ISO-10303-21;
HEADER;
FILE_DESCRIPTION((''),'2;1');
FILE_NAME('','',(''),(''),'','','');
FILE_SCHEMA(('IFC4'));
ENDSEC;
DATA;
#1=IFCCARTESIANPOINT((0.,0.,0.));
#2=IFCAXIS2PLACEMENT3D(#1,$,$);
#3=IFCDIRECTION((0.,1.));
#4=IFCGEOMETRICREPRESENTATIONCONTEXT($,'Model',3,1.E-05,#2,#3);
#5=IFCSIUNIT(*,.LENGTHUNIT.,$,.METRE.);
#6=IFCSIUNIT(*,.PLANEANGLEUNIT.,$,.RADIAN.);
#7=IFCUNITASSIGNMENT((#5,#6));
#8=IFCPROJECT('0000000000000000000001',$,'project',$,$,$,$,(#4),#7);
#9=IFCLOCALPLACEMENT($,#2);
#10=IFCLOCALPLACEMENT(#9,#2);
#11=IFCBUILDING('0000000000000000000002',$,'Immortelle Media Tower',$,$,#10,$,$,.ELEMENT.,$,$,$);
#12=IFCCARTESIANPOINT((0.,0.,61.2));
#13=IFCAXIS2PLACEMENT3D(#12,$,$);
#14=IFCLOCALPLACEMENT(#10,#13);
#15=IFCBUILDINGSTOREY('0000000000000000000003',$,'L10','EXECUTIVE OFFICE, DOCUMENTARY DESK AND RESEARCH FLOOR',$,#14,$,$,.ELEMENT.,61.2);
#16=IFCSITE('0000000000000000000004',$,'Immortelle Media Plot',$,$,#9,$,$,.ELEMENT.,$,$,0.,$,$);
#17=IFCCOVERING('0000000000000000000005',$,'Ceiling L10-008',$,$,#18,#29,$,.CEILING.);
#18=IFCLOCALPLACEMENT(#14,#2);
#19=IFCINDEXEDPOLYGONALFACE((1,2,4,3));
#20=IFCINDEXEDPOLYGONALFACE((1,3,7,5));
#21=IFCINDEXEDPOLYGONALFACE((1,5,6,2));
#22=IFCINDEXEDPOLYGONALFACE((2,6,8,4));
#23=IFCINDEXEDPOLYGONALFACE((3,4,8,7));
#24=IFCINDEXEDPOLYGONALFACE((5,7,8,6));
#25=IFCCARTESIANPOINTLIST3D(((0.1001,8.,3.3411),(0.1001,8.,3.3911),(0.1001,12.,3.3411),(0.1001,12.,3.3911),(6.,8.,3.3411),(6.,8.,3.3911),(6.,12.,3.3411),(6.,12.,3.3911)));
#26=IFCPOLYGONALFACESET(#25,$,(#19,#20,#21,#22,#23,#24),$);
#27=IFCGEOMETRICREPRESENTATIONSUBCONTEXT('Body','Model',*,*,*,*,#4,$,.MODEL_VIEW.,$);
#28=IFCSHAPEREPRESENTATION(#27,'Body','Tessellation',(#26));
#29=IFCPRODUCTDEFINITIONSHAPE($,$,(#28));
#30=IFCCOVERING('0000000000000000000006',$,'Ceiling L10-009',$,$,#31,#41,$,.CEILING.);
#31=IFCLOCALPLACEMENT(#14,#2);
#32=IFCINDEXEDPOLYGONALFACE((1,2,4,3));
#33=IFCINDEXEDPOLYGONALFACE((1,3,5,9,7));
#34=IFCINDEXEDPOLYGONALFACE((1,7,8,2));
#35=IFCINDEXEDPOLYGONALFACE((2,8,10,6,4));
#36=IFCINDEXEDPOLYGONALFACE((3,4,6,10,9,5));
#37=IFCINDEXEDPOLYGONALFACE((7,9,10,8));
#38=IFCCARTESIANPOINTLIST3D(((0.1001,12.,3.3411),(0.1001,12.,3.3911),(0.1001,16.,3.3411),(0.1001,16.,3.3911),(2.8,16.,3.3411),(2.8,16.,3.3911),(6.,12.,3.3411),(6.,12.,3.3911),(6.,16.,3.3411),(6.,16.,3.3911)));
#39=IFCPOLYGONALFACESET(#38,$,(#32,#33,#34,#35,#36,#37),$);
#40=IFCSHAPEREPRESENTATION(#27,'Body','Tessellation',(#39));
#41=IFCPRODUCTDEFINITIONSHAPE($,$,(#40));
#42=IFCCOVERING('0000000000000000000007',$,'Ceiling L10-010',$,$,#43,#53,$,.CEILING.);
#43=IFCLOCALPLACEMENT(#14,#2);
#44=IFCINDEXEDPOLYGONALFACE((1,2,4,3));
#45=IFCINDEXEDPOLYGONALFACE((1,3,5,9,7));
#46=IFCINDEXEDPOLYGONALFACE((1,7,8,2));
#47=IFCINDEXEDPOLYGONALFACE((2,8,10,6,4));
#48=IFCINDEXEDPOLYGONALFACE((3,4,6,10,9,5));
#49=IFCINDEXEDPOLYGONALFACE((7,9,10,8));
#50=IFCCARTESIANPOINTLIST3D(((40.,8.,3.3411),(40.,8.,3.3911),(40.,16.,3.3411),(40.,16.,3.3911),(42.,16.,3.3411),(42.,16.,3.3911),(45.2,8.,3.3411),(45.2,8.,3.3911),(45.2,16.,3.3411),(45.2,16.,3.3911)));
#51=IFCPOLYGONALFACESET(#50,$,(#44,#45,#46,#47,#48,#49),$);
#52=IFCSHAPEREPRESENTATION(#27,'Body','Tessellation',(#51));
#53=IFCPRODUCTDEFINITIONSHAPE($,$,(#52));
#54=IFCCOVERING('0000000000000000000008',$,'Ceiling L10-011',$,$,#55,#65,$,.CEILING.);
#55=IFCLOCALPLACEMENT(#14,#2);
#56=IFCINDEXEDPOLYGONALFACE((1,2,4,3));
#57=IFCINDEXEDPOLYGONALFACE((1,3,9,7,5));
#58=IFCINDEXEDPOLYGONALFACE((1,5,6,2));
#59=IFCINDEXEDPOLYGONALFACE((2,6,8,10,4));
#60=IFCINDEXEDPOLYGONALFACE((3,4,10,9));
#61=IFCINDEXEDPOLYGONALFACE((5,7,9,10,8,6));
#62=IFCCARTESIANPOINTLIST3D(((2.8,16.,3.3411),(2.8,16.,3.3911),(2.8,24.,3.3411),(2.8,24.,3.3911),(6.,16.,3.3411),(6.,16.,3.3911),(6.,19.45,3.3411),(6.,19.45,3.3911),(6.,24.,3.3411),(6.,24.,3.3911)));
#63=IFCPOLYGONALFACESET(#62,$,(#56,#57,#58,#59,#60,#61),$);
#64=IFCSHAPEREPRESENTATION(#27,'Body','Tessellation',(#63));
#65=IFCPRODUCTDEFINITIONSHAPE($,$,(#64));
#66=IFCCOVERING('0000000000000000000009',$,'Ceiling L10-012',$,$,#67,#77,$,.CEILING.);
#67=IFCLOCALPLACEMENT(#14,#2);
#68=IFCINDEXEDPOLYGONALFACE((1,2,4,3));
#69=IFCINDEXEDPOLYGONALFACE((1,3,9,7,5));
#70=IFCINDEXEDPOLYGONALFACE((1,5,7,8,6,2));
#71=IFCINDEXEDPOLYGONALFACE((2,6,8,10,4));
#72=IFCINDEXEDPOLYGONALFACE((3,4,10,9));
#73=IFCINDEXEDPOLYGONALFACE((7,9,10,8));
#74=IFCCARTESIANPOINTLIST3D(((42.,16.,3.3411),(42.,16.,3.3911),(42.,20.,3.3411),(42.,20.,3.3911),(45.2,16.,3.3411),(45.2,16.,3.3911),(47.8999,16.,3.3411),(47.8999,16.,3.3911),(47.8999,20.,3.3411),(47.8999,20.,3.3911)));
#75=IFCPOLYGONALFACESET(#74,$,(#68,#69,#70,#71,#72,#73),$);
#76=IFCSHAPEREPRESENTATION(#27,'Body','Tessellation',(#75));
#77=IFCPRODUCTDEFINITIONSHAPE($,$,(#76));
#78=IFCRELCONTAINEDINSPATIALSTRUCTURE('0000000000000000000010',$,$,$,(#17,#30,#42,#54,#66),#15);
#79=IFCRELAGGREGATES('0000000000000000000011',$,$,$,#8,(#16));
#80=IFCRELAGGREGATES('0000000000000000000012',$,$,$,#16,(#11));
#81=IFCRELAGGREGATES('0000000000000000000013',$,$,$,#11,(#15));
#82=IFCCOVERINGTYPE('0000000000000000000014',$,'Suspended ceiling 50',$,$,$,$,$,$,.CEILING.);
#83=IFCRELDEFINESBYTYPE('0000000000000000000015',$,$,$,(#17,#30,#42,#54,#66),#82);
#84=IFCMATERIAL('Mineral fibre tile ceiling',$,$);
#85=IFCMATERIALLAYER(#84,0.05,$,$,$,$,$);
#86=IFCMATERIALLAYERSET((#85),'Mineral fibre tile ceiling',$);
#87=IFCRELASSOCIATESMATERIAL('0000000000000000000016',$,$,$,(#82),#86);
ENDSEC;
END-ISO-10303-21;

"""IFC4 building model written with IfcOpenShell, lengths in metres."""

from ifc_helpers import new_model, si_unit, direction, frame, origin, place, context, subcontext, project, spatial, polyline, outline, extrude, material, layer, layer_set, type_object, element, save


model = new_model("IFC4")

# Units and contexts
model_context = context("Model", 3, precision=1e-05, world=origin(), true_north=direction((0.0, 1.0)))
body_context = subcontext(model_context, "Body", "Model", "MODEL_VIEW")
ifc_project = project(units=[si_unit("LENGTHUNIT", "METRE"), si_unit("PLANEANGLEUNIT", "RADIAN")], contexts=[model_context])

# Site, building, storey
site_placement = place(None, origin())
site = spatial("IfcSite", under=ifc_project, at=site_placement, Name="Immortelle Media Plot", CompositionType="ELEMENT", RefElevation=0.0)
building_placement = place(site_placement, origin())
building = spatial("IfcBuilding", under=site, at=building_placement, Name="Immortelle Media Tower", CompositionType="ELEMENT")
storey_placement = place(building_placement, frame((0.0, 0.0, 61.2)))
storey = spatial("IfcBuildingStorey", under=building, at=storey_placement, Name="L10", Description="EXECUTIVE OFFICE, DOCUMENTARY DESK AND RESEARCH FLOOR", CompositionType="ELEMENT", Elevation=61.2)

# Coverings
ifc_material_1 = material(Name="Mineral fibre tile ceiling")
ifc_layer_1 = layer(ifc_material_1, 0.05)
ifc_layer_set_1 = layer_set([ifc_layer_1], Name="Mineral fibre tile ceiling")
covering_type = type_object("IfcCoveringType", Name="Suspended ceiling 50", PredefinedType="CEILING", material=ifc_layer_set_1)
covering_1_placement = place(storey_placement, frame((0.0, 0.0, 3.3411)))
element("IfcCovering", 1, at=covering_1_placement, inside=storey, type_object=covering_type, Name="Ceiling L10-008", PredefinedType="CEILING", context=body_context, shape_type="SweptSolid", body=[
    extrude(outline(polyline([(0.1001, 8.0), (0.1001, 12.0), (6.0, 12.0), (6.0, 8.0), (0.1001, 8.0)])), origin(), (0.0, 0.0, 1.0), 0.05),
])
covering_2_placement = place(storey_placement, frame((0.0, 0.0, 3.3411)))
element("IfcCovering", 2, at=covering_2_placement, inside=storey, type_object=covering_type, Name="Ceiling L10-009", PredefinedType="CEILING", context=body_context, shape_type="SweptSolid", body=[
    extrude(outline(polyline([(0.1001, 16.0), (2.8, 16.0), (6.0, 16.0), (6.0, 12.0), (0.1001, 12.0), (0.1001, 16.0)])), origin(), (0.0, 0.0, 1.0), 0.05),
])
covering_3_placement = place(storey_placement, frame((0.0, 0.0, 3.3411)))
element("IfcCovering", 3, at=covering_3_placement, inside=storey, type_object=covering_type, Name="Ceiling L10-010", PredefinedType="CEILING", context=body_context, shape_type="SweptSolid", body=[
    extrude(outline(polyline([(45.2, 8.0), (40.0, 8.0), (40.0, 16.0), (42.0, 16.0), (45.2, 16.0), (45.2, 8.0)])), origin(), (0.0, 0.0, 1.0), 0.05),
])
covering_4_placement = place(storey_placement, frame((0.0, 0.0, 3.3411)))
element("IfcCovering", 4, at=covering_4_placement, inside=storey, type_object=covering_type, Name="Ceiling L10-011", PredefinedType="CEILING", context=body_context, shape_type="SweptSolid", body=[
    extrude(outline(polyline([(6.0, 19.45), (6.0, 16.0), (2.8, 16.0), (2.8, 24.0), (6.0, 24.0), (6.0, 19.45)])), origin(), (0.0, 0.0, 1.0), 0.05),
])
covering_5_placement = place(storey_placement, frame((0.0, 0.0, 3.3411)))
element("IfcCovering", 5, at=covering_5_placement, inside=storey, type_object=covering_type, Name="Ceiling L10-012", PredefinedType="CEILING", context=body_context, shape_type="SweptSolid", body=[
    extrude(outline(polyline([(42.0, 16.0), (42.0, 20.0), (47.8999, 20.0), (47.8999, 16.0), (45.2, 16.0), (42.0, 16.0)])), origin(), (0.0, 0.0, 1.0), 0.05),
])

save(model, "model.ifc")
